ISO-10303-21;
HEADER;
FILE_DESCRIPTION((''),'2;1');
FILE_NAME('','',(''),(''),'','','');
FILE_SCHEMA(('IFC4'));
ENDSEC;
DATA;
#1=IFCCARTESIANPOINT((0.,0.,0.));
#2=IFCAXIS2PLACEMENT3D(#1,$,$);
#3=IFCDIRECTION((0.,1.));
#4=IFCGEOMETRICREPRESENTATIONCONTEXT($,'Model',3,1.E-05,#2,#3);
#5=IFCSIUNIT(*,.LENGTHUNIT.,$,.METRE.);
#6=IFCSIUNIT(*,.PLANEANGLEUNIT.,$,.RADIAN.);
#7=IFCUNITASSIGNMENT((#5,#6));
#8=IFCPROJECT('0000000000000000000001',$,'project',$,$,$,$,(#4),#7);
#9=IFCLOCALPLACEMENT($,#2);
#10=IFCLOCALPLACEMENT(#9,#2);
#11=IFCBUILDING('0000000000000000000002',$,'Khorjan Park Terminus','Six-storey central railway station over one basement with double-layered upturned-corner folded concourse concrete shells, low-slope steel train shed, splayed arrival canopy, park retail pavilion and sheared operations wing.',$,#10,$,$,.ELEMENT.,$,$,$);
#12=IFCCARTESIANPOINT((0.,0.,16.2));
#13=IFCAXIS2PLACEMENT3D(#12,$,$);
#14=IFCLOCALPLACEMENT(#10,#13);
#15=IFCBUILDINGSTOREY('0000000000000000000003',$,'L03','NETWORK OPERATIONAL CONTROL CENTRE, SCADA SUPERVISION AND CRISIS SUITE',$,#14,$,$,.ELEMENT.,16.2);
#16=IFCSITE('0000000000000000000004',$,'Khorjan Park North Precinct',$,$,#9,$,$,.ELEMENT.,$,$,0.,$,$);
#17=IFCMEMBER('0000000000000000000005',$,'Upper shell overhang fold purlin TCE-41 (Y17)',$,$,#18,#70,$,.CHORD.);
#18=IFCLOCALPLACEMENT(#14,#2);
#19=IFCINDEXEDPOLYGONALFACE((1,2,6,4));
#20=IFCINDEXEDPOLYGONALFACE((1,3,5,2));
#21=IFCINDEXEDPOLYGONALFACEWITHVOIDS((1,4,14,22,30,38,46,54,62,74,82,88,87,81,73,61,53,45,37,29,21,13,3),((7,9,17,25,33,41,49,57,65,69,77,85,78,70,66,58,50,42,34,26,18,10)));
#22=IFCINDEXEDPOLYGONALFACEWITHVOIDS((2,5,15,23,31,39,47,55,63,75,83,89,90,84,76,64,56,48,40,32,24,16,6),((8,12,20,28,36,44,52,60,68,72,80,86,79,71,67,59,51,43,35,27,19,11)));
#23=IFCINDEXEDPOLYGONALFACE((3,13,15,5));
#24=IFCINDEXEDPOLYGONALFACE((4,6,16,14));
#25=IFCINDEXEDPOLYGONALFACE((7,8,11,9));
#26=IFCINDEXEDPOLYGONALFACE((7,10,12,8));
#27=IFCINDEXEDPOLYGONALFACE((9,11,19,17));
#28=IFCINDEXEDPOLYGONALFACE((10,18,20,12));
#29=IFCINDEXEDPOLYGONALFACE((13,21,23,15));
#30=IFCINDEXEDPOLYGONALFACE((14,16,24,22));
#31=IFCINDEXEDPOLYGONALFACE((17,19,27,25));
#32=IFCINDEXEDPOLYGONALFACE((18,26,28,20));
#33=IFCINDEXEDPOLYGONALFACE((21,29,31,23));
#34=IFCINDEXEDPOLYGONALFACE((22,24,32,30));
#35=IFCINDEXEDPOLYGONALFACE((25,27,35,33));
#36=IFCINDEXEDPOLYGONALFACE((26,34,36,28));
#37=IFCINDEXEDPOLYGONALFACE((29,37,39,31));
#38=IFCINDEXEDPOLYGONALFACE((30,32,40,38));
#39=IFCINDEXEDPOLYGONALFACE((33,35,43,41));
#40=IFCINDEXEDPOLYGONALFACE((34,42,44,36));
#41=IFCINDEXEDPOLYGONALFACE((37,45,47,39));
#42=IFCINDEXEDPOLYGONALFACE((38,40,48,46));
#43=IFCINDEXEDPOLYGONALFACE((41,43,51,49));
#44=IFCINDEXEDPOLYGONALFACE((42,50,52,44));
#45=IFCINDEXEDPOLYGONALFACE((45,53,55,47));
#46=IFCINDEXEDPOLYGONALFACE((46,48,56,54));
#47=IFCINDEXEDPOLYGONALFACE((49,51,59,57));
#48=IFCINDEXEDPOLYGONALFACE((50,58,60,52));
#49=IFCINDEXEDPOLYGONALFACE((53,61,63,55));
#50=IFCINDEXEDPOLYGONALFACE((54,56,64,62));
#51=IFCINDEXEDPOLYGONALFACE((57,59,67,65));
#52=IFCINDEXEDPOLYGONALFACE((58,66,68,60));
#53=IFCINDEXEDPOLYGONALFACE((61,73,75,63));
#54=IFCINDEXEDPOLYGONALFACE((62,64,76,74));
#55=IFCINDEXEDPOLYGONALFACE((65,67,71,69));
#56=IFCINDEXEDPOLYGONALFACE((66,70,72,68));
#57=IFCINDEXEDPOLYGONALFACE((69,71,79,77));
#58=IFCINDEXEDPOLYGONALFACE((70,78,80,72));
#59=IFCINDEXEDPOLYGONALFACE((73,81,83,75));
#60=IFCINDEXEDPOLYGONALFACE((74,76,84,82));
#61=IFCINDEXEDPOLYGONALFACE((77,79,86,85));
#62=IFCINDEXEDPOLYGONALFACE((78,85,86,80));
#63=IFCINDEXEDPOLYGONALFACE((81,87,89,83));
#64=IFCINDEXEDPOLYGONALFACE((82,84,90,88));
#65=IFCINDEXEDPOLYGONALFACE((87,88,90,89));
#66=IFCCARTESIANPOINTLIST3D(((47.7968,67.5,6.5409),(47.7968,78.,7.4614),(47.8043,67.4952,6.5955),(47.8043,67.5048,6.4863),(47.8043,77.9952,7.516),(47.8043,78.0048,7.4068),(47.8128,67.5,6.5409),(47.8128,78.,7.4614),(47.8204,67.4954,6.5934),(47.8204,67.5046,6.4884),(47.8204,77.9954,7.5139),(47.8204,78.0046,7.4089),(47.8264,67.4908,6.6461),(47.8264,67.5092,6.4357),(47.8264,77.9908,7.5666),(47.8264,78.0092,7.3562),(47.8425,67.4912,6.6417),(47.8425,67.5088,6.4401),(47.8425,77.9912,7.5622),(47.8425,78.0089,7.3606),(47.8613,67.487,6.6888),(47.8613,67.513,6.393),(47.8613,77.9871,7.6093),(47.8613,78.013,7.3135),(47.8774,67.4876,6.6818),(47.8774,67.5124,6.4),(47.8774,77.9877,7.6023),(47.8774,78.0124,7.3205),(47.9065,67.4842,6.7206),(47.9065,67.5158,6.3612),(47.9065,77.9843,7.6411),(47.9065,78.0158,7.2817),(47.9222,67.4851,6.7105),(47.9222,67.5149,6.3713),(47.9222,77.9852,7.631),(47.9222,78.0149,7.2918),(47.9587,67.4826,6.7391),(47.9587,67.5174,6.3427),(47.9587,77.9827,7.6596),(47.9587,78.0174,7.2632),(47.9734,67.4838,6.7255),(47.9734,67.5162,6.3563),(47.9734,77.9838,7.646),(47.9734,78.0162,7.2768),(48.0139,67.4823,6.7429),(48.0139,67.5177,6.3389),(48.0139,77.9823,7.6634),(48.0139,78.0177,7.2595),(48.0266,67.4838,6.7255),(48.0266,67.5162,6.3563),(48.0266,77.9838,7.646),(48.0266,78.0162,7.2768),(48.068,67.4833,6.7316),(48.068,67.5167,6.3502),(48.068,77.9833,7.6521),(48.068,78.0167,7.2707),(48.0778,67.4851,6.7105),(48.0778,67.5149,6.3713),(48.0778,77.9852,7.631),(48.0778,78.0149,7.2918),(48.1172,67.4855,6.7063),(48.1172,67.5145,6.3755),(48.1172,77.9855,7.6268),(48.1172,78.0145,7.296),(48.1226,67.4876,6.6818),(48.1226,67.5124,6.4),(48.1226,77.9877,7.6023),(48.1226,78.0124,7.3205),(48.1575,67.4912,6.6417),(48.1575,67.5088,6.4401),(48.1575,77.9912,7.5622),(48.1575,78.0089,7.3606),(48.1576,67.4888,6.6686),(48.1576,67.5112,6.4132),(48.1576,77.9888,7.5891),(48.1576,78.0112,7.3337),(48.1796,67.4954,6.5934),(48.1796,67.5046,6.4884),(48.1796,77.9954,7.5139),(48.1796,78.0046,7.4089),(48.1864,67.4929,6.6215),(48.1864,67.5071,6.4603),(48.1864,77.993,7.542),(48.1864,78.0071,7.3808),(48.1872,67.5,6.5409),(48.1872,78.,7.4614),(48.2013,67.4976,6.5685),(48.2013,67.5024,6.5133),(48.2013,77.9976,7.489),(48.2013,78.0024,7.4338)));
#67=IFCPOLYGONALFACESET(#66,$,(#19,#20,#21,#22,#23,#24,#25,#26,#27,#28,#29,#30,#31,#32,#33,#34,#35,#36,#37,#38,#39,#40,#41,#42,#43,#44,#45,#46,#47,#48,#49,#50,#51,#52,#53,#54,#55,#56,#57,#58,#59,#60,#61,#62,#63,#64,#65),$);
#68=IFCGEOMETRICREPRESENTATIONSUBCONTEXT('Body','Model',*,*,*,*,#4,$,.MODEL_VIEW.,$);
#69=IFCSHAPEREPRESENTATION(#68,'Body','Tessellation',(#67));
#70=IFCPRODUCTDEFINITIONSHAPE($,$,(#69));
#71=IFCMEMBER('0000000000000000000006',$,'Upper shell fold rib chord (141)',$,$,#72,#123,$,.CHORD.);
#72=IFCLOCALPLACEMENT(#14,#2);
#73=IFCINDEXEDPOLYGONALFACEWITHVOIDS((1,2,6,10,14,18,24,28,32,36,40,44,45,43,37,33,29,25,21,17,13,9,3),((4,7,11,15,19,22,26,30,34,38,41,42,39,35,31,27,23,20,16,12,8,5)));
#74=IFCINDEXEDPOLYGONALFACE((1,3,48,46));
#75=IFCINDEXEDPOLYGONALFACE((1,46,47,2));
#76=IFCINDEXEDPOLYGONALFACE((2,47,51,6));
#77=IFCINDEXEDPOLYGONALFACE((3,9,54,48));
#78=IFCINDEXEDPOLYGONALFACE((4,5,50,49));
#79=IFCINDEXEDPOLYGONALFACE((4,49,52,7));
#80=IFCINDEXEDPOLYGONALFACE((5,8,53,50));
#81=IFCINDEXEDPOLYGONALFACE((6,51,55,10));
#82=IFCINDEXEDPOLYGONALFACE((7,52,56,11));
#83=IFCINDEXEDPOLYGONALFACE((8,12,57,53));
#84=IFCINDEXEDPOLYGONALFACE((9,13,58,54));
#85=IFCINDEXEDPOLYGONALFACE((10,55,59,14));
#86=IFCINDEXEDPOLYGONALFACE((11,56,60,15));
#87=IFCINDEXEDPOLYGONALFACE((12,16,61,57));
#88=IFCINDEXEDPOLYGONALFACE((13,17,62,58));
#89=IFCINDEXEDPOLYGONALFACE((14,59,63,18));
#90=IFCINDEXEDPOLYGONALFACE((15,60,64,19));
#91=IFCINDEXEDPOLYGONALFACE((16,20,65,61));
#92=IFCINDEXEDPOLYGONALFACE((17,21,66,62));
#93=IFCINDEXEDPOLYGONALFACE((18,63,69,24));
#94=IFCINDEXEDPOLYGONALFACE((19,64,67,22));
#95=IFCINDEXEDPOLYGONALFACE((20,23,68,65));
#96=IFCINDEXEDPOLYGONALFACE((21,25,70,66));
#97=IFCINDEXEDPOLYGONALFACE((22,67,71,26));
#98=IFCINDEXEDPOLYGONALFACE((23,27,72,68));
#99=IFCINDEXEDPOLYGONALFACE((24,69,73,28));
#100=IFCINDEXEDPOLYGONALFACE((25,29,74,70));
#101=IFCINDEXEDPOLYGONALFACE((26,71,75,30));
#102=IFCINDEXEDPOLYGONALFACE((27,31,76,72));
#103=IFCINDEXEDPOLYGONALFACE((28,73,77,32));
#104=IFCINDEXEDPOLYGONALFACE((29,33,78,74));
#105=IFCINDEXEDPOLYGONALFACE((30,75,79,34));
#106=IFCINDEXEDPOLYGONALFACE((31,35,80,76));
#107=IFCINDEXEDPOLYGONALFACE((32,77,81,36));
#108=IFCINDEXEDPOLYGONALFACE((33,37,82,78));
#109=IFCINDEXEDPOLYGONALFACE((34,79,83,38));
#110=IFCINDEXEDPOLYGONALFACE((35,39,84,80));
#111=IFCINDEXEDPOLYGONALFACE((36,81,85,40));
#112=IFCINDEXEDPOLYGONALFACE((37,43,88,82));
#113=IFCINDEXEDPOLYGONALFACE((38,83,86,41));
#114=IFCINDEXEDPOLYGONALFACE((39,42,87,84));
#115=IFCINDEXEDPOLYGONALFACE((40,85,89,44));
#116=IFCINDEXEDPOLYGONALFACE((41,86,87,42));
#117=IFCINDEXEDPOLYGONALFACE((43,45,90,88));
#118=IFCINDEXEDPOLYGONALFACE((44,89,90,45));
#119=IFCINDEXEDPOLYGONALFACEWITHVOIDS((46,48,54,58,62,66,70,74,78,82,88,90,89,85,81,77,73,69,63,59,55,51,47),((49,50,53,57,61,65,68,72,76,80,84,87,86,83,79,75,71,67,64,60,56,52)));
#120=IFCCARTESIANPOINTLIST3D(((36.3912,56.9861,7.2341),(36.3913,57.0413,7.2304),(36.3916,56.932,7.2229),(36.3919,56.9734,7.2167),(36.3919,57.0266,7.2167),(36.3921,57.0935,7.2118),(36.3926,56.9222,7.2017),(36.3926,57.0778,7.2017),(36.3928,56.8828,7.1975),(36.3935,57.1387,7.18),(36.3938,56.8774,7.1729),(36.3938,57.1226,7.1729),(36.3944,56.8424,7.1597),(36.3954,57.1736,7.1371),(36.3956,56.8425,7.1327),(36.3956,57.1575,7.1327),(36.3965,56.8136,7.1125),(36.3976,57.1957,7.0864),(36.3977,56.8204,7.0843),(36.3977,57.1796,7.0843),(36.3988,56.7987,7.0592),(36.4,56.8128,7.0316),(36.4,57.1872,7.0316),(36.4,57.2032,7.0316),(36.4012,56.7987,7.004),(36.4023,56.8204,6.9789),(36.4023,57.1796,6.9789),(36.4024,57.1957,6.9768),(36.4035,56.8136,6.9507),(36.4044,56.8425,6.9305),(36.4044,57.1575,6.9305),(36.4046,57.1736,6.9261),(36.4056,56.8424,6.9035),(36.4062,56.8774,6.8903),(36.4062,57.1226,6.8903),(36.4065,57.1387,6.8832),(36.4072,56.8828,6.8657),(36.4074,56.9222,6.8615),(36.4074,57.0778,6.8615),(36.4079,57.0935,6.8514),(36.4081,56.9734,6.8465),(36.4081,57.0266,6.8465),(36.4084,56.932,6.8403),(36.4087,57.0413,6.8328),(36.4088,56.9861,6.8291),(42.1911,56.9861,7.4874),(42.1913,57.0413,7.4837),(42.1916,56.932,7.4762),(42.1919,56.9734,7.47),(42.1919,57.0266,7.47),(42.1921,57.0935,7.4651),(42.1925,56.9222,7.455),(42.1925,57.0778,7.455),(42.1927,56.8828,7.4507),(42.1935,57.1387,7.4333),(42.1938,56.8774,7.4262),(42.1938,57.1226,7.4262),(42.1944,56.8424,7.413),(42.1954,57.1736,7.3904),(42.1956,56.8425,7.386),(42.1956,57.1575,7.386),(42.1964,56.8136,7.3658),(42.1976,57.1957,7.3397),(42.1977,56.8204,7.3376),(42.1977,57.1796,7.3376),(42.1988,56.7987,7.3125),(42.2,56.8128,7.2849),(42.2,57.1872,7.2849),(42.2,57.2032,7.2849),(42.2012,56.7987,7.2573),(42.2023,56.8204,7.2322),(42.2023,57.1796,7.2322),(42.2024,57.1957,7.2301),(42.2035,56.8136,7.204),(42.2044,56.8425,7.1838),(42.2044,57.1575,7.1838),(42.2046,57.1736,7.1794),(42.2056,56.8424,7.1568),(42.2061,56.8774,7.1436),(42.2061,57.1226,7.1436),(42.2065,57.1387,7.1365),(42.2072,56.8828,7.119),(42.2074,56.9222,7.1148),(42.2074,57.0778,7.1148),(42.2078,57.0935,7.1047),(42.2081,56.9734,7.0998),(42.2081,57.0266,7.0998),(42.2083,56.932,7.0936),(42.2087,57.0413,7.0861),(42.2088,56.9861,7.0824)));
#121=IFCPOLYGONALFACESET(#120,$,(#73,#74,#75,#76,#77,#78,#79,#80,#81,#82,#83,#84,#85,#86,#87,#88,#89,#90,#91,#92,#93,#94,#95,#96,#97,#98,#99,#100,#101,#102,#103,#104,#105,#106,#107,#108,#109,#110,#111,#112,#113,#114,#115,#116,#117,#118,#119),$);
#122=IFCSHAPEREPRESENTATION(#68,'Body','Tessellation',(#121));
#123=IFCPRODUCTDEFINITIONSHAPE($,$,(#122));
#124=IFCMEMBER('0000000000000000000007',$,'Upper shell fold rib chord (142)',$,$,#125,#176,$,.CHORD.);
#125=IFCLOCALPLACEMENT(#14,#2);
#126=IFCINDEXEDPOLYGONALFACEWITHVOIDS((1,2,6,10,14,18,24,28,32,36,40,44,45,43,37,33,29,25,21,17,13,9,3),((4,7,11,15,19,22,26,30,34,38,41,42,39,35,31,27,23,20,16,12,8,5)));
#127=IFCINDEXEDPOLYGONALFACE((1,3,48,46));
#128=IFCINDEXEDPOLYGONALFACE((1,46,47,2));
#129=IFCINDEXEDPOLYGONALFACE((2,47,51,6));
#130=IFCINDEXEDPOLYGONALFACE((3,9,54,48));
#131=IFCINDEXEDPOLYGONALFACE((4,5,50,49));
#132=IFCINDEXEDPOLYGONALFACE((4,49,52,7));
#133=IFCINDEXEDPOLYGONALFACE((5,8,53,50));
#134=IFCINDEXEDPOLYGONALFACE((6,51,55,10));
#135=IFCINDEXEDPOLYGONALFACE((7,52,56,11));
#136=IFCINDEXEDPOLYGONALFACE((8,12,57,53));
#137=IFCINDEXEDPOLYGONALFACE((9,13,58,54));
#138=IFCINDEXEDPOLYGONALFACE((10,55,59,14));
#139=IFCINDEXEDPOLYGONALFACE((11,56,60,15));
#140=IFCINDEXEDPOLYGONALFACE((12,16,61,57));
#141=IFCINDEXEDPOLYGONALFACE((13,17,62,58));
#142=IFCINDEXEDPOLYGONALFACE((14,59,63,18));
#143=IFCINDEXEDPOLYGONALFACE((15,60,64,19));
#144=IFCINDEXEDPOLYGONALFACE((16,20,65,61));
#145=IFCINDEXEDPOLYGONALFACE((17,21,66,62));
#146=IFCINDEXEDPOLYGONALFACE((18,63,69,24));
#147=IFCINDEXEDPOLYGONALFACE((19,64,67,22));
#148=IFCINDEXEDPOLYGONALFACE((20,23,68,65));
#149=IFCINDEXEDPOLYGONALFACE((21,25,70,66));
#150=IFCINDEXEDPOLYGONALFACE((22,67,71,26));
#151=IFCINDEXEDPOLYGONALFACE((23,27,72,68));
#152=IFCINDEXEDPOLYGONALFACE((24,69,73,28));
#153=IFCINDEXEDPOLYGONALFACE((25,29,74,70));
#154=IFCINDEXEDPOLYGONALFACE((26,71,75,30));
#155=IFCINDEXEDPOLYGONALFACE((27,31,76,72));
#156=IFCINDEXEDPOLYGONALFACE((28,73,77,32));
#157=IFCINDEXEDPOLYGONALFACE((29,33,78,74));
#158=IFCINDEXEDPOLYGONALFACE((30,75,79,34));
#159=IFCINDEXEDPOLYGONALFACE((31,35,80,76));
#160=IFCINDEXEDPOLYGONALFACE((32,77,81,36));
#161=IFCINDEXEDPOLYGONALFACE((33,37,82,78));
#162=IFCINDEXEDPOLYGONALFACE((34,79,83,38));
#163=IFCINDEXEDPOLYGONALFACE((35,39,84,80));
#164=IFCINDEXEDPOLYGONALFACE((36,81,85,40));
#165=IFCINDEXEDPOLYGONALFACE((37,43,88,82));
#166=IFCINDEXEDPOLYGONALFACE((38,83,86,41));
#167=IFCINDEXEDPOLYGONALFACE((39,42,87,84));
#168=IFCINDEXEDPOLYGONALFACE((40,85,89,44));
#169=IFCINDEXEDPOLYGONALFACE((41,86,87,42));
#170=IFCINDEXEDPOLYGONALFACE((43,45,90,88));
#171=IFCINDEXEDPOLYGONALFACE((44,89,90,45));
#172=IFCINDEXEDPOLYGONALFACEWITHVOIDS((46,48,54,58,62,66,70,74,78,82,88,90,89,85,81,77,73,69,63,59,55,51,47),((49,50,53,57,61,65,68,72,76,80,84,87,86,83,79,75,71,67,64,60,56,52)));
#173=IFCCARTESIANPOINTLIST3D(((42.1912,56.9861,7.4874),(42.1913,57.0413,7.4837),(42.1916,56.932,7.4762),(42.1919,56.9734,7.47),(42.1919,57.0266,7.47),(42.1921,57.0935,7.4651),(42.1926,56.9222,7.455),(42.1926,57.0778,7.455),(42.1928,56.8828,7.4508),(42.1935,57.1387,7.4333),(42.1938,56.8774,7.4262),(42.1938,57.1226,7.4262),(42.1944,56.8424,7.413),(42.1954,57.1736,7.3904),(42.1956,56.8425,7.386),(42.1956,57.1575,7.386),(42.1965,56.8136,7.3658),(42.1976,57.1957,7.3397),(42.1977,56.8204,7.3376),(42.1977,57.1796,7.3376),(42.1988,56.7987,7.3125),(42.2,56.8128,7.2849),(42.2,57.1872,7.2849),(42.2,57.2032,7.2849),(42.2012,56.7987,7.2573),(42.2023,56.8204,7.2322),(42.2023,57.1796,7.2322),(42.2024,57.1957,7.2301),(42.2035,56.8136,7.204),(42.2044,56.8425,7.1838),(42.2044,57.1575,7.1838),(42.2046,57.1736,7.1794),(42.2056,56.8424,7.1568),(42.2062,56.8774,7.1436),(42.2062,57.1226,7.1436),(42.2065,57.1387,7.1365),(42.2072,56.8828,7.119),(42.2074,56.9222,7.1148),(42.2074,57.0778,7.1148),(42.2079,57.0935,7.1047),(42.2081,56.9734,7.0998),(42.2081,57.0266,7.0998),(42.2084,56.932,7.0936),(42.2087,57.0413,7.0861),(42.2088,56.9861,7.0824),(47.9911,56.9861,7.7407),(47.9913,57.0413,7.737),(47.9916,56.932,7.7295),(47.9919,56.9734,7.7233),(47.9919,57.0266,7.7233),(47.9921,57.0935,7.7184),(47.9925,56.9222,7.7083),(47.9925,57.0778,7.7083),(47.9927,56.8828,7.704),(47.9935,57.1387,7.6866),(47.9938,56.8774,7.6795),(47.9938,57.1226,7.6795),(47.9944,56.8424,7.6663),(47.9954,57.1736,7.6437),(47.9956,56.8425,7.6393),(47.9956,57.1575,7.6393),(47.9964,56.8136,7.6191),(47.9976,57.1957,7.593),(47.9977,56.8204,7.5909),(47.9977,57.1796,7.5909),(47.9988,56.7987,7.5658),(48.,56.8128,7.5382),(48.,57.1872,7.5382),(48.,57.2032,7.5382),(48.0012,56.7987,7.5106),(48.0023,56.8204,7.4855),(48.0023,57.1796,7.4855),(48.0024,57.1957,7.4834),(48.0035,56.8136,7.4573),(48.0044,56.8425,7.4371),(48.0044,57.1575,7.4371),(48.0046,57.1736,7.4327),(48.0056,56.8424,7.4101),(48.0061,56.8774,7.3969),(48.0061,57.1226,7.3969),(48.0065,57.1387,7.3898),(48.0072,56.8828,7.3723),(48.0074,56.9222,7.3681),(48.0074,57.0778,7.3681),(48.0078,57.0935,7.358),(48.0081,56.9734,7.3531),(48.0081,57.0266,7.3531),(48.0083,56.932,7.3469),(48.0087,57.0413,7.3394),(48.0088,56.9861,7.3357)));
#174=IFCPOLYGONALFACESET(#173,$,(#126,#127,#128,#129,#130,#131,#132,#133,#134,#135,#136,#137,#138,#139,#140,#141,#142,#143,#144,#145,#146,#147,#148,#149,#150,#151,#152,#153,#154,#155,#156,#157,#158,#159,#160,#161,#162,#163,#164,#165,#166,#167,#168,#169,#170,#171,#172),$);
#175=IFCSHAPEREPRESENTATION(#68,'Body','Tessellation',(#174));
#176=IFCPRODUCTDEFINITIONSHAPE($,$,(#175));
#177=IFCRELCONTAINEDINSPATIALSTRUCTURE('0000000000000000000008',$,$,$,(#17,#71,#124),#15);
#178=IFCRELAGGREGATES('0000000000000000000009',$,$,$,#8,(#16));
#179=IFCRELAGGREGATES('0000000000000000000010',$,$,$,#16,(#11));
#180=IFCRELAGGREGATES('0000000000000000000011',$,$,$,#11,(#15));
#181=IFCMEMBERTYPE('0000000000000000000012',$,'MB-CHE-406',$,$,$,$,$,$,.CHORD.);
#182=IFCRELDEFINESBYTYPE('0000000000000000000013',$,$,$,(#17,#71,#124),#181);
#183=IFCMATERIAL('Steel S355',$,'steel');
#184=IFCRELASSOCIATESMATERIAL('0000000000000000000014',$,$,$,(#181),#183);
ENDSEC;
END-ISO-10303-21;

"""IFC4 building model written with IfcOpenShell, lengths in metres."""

from ifc_helpers import new_model, si_unit, direction, frame, origin, origin_2d, place, context, subcontext, project, spatial, hollow_circle, extrude, material, material_profile, profile_set, type_object, element, save


model = new_model("IFC4")

# Units and contexts
model_context = context("Model", 3, precision=1e-05, world=origin(), true_north=direction((0.0, 1.0)))
body_context = subcontext(model_context, "Body", "Model", "MODEL_VIEW")
ifc_project = project(units=[si_unit("LENGTHUNIT", "METRE"), si_unit("PLANEANGLEUNIT", "RADIAN")], contexts=[model_context])

# Site, building, storey
site_placement = place(None, origin())
site = spatial("IfcSite", under=ifc_project, at=site_placement, Name="Khorjan Park North Precinct", CompositionType="ELEMENT", RefElevation=0.0)
building_placement = place(site_placement, origin())
building = spatial("IfcBuilding", under=site, at=building_placement, Name="Khorjan Park Terminus", Description="Six-storey central railway station over one basement with double-layered upturned-corner folded concourse concrete shells, low-slope steel train shed, splayed arrival canopy, park retail pavilion and sheared operations wing.", CompositionType="ELEMENT")
storey_placement = place(building_placement, frame((0.0, 0.0, 16.2)))
storey = spatial("IfcBuildingStorey", under=building, at=storey_placement, Name="L03", Description="NETWORK OPERATIONAL CONTROL CENTRE, SCADA SUPERVISION AND CRISIS SUITE", CompositionType="ELEMENT", Elevation=16.2)

# Members
ifc_material_1 = material(Name="Steel S355", Category="steel")
ifc_material_profile_1 = material_profile(ifc_material_1, hollow_circle(Radius=0.2032, WallThickness=0.016, at=origin_2d()), Name="CHS 406.4x16")
ifc_profile_set_1 = profile_set([ifc_material_profile_1], Name="Steel S355")
member_type_1 = type_object("IfcMemberType", Name="MB-CHE-406", PredefinedType="CHORD", material=ifc_profile_set_1)
member_1_placement = place(storey_placement, frame((48.0, 67.5, 6.5409), z_axis=(0.0, 0.996179, 0.087332), x_axis=(-1.0, 0.0, 0.0)))
element("IfcMember", 1, at=member_1_placement, inside=storey, type_object=member_type_1, Name="Upper shell overhang fold purlin TCE-41 (Y17)", PredefinedType="CHORD", context=body_context, shape_type="SweptSolid", body=[
    extrude(hollow_circle(Radius=0.2032, WallThickness=0.016, at=origin_2d()), origin(), (0.0, 0.0, 1.0), 10.5403),
])
for number, where, z_axis, x_axis, name in (
    (2, (36.4, 57.0, 7.0316), (0.999048, 0.0, 0.043631), (0.0, 1.0, 0.0), "Upper shell fold rib chord (141)"),
    (3, (42.2, 57.0, 7.2849), (0.999048, 0.0, 0.043631), (0.0, 1.0, 0.0), "Upper shell fold rib chord (142)"),
):
    element("IfcMember", number, at=place(storey_placement, frame(where, z_axis=z_axis, x_axis=x_axis)), inside=storey, type_object=member_type_1, Name=name, PredefinedType="CHORD", context=body_context, shape_type="SweptSolid", body=[
        extrude(hollow_circle(Radius=0.2032, WallThickness=0.016, at=origin_2d()), origin(), (0.0, 0.0, 1.0), 5.8055),
    ])

save(model, "model.ifc")
